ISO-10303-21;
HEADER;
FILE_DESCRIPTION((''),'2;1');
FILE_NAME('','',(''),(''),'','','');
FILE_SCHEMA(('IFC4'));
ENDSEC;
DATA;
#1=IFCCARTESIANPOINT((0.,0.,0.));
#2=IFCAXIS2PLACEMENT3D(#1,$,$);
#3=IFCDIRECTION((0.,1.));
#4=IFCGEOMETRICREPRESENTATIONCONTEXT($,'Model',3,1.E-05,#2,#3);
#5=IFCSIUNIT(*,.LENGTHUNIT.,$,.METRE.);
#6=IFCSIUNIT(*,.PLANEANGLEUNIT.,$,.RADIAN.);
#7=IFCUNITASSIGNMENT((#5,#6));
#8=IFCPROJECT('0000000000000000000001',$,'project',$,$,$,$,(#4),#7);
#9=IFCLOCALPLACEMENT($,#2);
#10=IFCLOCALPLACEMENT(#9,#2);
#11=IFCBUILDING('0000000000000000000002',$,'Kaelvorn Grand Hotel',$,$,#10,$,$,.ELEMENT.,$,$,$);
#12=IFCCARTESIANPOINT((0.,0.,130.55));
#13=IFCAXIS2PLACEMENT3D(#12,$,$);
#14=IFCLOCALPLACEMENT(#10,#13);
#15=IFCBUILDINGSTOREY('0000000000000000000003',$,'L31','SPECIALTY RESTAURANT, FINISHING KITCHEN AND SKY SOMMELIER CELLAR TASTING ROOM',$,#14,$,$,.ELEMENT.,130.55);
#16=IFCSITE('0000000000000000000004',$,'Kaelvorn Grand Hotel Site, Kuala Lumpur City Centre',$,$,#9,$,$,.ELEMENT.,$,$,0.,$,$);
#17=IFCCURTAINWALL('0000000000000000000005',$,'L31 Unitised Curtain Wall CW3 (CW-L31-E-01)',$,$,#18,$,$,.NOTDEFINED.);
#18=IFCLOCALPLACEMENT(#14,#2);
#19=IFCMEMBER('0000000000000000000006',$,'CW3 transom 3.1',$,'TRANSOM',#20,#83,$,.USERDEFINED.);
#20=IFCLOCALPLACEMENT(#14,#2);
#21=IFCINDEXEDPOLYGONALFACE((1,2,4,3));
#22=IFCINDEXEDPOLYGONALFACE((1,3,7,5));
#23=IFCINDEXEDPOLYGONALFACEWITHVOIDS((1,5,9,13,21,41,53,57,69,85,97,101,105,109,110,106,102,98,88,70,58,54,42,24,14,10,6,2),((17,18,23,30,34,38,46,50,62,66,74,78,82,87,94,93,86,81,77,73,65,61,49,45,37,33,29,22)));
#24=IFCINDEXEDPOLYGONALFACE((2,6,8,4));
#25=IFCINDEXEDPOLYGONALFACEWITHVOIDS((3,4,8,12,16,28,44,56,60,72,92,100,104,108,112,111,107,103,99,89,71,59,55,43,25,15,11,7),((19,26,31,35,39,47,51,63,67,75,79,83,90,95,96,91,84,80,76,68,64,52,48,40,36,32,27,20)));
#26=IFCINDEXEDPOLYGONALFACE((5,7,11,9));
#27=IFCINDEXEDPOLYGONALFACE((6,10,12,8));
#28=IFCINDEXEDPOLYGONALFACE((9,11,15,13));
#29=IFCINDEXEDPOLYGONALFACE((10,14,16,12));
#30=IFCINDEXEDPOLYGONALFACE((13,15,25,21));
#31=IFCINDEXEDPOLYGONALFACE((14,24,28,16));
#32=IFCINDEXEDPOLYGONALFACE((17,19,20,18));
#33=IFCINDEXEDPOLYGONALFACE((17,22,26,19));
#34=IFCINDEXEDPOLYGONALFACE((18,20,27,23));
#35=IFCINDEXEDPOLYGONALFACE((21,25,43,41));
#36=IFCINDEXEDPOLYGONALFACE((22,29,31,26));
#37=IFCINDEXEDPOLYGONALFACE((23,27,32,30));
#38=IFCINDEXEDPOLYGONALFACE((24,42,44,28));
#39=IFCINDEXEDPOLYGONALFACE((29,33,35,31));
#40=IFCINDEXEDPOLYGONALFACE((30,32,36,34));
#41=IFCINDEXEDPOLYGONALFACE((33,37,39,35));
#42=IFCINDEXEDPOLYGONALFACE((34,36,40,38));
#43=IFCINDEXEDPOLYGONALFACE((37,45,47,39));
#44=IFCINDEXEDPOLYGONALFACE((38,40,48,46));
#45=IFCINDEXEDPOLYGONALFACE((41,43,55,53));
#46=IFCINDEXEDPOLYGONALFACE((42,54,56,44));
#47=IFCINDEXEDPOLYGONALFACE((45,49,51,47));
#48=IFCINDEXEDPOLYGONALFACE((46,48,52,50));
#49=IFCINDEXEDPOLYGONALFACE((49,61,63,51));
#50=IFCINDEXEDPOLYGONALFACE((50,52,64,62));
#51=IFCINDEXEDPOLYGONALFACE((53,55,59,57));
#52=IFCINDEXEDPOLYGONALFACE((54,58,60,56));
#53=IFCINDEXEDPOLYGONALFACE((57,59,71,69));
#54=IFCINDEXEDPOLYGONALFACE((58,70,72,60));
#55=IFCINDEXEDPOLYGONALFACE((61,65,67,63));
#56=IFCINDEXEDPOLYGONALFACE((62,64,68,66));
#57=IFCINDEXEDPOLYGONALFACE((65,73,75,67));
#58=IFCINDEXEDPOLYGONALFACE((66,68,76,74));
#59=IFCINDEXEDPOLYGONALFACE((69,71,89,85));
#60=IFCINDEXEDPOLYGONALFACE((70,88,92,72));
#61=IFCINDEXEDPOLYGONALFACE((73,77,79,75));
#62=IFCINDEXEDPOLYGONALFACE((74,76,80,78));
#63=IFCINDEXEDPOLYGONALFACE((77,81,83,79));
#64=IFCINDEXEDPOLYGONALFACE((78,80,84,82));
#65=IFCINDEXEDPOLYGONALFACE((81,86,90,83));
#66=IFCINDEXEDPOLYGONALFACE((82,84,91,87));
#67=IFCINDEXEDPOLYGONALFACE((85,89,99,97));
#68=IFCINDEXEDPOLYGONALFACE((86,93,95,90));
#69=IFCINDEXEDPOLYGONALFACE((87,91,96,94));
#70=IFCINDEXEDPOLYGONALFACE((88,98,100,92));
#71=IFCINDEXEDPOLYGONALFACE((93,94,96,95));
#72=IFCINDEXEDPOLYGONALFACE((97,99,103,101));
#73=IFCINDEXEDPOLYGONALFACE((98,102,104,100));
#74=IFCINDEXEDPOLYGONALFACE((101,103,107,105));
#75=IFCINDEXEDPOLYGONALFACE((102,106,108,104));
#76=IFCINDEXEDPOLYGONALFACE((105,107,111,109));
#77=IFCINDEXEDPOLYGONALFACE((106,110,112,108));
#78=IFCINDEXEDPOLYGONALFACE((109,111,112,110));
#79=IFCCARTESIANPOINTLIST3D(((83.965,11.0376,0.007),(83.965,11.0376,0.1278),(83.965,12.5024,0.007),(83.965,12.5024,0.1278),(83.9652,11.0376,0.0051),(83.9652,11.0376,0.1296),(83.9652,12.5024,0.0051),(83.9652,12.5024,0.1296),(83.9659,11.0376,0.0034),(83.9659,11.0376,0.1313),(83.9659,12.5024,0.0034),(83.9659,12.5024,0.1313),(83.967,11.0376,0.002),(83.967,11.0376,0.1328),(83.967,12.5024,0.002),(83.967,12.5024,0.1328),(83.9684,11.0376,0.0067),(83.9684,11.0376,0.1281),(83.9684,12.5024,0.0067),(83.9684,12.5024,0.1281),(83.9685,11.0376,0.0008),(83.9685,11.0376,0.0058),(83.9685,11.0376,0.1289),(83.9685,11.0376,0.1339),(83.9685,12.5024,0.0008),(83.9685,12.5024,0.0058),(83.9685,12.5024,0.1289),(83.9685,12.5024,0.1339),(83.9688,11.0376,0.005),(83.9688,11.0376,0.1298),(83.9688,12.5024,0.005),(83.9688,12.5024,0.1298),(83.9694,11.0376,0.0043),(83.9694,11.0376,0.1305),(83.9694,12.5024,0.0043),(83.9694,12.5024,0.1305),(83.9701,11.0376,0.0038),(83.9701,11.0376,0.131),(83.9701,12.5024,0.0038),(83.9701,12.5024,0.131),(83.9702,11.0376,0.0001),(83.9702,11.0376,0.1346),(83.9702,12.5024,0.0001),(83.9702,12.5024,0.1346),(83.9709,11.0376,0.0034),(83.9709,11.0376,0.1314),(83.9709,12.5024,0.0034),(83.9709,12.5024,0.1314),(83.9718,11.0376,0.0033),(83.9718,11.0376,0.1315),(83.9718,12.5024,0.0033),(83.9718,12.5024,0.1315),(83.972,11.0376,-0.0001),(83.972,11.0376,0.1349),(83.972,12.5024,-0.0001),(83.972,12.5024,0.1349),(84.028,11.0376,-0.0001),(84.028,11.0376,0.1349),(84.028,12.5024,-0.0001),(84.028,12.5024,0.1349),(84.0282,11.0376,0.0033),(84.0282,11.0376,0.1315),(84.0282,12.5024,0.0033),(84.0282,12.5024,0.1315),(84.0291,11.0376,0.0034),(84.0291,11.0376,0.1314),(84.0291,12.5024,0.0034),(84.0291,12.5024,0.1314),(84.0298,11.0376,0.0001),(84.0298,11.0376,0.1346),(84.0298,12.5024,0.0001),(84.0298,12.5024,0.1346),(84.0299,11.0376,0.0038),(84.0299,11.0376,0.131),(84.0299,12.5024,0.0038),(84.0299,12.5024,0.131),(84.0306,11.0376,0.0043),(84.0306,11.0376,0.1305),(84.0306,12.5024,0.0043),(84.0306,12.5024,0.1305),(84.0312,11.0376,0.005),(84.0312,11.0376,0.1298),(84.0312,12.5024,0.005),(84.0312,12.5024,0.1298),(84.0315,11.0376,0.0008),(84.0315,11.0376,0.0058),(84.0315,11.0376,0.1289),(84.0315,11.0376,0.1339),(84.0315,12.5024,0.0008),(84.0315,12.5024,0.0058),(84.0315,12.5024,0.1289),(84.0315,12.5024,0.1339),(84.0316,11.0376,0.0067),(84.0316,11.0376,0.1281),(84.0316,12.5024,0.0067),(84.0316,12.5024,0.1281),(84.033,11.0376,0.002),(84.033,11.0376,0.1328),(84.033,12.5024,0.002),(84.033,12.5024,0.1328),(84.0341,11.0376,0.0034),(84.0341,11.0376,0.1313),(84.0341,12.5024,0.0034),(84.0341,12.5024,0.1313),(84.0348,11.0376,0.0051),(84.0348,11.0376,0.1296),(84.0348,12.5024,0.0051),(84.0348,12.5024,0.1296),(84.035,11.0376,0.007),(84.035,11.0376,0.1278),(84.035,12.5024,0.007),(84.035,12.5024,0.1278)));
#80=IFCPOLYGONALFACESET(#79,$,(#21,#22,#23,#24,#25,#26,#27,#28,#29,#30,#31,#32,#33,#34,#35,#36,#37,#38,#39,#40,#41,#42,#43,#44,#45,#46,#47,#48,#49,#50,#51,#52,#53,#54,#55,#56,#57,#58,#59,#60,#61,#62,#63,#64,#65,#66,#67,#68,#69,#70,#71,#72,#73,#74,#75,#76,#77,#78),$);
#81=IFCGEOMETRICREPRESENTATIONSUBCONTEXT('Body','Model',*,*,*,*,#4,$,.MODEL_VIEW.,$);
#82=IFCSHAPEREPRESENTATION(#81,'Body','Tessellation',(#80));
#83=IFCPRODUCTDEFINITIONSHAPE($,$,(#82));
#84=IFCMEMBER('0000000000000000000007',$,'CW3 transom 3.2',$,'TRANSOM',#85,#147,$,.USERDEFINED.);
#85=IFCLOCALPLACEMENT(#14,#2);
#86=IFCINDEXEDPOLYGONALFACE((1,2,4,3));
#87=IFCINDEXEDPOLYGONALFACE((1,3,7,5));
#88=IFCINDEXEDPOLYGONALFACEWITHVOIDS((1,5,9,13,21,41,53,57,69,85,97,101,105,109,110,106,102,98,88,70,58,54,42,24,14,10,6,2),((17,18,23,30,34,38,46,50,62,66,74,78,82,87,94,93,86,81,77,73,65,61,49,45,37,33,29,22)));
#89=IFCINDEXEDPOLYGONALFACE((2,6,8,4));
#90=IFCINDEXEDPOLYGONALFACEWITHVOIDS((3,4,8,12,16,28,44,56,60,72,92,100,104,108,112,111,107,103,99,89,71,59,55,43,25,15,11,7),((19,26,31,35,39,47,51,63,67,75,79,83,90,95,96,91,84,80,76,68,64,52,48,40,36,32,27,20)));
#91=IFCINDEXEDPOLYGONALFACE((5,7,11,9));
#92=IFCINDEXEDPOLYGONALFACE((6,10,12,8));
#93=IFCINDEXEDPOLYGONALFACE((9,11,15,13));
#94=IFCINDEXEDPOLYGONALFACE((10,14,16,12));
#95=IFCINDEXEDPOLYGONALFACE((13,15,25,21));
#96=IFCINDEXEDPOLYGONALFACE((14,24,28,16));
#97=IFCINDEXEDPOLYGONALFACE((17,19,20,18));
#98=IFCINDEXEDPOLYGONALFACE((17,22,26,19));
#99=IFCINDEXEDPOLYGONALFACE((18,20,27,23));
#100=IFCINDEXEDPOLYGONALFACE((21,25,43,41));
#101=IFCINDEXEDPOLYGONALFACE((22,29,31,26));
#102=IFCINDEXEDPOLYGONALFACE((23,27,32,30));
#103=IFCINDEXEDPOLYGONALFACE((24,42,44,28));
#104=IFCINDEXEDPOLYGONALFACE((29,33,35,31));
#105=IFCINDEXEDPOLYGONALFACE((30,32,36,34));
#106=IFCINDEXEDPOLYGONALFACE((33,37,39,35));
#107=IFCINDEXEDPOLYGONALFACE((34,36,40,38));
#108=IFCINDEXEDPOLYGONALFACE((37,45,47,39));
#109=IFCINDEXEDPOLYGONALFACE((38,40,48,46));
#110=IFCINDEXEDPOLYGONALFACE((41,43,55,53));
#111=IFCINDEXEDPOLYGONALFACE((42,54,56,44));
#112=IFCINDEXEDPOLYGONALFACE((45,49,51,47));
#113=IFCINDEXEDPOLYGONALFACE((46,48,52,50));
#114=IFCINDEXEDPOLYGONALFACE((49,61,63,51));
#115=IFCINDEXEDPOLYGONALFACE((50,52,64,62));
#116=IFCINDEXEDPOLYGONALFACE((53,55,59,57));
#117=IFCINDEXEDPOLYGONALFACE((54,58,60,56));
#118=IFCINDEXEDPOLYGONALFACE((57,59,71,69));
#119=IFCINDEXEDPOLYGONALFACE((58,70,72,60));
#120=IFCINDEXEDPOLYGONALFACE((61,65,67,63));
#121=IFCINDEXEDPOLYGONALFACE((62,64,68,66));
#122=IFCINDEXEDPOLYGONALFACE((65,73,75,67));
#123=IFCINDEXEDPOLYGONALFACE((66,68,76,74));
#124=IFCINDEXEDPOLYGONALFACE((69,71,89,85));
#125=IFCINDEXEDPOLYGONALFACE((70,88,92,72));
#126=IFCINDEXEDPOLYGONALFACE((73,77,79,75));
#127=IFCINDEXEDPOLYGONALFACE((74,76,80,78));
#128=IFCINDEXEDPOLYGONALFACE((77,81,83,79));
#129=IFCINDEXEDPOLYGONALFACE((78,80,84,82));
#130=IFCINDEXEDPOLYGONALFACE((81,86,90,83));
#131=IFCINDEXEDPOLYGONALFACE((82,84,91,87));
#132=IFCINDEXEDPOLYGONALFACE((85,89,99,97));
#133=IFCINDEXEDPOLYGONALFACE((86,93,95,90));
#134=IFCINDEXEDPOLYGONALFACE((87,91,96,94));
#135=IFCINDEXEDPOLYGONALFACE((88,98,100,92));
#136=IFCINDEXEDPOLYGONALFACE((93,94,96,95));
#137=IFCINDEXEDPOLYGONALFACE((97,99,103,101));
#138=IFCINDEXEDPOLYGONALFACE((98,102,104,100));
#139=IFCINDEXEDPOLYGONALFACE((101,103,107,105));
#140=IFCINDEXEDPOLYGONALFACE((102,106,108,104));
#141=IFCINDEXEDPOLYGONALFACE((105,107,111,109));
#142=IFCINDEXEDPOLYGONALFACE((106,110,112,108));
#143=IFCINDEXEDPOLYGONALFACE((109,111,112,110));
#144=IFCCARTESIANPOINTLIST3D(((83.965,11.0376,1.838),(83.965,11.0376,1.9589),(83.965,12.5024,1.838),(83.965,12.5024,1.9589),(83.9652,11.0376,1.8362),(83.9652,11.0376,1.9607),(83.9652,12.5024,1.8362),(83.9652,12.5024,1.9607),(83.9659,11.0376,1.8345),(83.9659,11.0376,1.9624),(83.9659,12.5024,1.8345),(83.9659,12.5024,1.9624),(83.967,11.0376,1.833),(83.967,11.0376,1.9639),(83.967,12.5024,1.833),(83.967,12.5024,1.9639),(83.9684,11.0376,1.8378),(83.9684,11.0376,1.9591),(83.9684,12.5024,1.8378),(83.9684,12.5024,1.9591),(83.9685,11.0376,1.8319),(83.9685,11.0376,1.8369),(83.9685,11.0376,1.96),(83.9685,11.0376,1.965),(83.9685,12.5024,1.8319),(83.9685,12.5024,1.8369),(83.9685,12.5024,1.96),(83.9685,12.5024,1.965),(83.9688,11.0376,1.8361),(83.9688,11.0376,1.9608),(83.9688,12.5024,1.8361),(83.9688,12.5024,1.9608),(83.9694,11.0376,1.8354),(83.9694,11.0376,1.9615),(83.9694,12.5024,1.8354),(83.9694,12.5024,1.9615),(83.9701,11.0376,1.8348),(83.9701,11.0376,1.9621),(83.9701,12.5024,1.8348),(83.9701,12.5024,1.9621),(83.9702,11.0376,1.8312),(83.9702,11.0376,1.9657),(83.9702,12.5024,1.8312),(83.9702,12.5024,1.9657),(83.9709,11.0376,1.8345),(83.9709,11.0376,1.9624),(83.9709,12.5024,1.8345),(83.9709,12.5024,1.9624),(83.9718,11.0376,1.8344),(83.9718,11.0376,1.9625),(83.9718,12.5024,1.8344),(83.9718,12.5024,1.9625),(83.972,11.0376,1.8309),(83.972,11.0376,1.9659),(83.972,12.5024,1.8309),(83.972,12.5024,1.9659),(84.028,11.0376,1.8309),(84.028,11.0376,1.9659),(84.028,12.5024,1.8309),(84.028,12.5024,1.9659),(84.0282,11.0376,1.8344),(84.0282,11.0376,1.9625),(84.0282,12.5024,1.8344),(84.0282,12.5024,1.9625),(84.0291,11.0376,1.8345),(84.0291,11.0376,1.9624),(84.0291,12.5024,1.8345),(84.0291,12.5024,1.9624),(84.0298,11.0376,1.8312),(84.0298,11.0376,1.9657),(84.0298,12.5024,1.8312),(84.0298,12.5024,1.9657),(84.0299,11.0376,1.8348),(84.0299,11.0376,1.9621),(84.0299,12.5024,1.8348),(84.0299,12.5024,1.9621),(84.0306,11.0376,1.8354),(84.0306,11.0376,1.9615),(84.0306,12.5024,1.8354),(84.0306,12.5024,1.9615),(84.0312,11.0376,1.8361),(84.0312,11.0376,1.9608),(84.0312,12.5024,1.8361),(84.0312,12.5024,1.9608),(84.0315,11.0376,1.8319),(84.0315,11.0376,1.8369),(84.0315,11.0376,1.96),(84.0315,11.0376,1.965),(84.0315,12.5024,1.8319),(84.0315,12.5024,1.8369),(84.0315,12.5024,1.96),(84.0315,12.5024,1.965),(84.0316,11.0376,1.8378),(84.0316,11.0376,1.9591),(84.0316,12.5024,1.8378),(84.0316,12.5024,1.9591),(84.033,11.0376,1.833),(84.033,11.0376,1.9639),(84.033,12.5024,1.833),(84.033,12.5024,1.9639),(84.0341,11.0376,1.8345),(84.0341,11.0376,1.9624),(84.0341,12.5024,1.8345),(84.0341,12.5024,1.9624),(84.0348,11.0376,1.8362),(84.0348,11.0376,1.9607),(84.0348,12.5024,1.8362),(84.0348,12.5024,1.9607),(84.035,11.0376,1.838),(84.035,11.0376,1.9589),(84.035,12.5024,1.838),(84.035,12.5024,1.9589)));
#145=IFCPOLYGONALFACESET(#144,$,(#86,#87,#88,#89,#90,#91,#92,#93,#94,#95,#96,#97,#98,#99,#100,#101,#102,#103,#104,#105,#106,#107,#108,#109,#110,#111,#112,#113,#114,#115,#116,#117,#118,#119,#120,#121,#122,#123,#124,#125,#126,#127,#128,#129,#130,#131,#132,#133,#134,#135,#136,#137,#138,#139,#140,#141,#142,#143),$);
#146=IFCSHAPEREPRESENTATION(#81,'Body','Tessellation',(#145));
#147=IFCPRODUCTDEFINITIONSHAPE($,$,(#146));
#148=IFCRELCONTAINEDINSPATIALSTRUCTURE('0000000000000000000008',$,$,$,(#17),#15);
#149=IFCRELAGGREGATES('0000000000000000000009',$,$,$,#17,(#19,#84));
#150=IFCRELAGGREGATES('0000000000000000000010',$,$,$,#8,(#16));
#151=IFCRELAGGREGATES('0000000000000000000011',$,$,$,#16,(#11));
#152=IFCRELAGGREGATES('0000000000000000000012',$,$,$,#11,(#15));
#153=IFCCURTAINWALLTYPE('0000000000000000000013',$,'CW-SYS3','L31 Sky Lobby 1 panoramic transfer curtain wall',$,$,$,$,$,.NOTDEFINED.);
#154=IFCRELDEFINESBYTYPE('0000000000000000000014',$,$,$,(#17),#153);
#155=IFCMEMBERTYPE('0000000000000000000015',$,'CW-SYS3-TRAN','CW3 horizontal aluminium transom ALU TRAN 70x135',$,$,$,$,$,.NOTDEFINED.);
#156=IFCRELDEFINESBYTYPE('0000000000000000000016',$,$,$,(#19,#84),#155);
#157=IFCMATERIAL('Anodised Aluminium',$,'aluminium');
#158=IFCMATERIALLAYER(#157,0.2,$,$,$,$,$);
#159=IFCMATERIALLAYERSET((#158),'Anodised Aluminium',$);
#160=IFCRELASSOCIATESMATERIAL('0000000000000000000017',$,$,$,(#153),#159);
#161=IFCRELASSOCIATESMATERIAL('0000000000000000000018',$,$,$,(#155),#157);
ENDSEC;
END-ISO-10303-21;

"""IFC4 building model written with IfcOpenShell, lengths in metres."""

from ifc_helpers import new_model, si_unit, direction, frame, origin, origin_2d, place, context, subcontext, project, spatial, hollow_rectangle, extrude, material, layer, layer_set, material_profile, profile_set, type_object, element, aggregate, save


model = new_model("IFC4")

# Units and contexts
model_context = context("Model", 3, precision=1e-05, world=origin(), true_north=direction((0.0, 1.0)))
body_context = subcontext(model_context, "Body", "Model", "MODEL_VIEW")
ifc_project = project(units=[si_unit("LENGTHUNIT", "METRE"), si_unit("PLANEANGLEUNIT", "RADIAN")], contexts=[model_context])

# Site, building, storey
site_placement = place(None, origin())
site = spatial("IfcSite", under=ifc_project, at=site_placement, Name="Kaelvorn Grand Hotel Site, Kuala Lumpur City Centre", CompositionType="ELEMENT", RefElevation=0.0)
building_placement = place(site_placement, origin())
building = spatial("IfcBuilding", under=site, at=building_placement, Name="Kaelvorn Grand Hotel", CompositionType="ELEMENT")
storey_placement = place(building_placement, frame((0.0, 0.0, 130.55)))
storey = spatial("IfcBuildingStorey", under=building, at=storey_placement, Name="L31", Description="SPECIALTY RESTAURANT, FINISHING KITCHEN AND SKY SOMMELIER CELLAR TASTING ROOM", CompositionType="ELEMENT", Elevation=130.55)

# Curtain wall, members
ifc_material_1 = material(Name="Anodised Aluminium", Category="aluminium")
ifc_layer_1 = layer(ifc_material_1, 0.2)
ifc_layer_set_1 = layer_set([ifc_layer_1], Name="Anodised Aluminium")
curtain_wall_type = type_object("IfcCurtainWallType", Name="CW-SYS3", Description="L31 Sky Lobby 1 panoramic transfer curtain wall", PredefinedType="NOTDEFINED", material=ifc_layer_set_1)
curtain_wall_placement = place(storey_placement, origin())
curtain_wall = element("IfcCurtainWall", 1, at=curtain_wall_placement, inside=storey, type_object=curtain_wall_type, Name="L31 Unitised Curtain Wall CW3 (CW-L31-E-01)", PredefinedType="NOTDEFINED")
ifc_material_profile_1 = material_profile(ifc_material_1, hollow_rectangle(XDim=0.0701, YDim=0.135, WallThickness=0.0034, InnerFilletRadius=0.0034, OuterFilletRadius=0.0071, at=origin_2d()), Name="ALU TRAN 70x135")
ifc_profile_set_1 = profile_set([ifc_material_profile_1], Name="Anodised Aluminium")
member_type_1 = type_object("IfcMemberType", Name="CW-SYS3-TRAN", Description="CW3 horizontal aluminium transom ALU TRAN 70x135", PredefinedType="NOTDEFINED", material=ifc_profile_set_1)
member_1_placement = place(storey_placement, frame((84.0, 11.0376, 0.0674), z_axis=(0.0, 1.0, 0.0), x_axis=(-1.0, 0.0, 0.0)))
member_1 = element("IfcMember", 2, at=member_1_placement, type_object=member_type_1, Name="CW3 transom 3.1", ObjectType="TRANSOM", PredefinedType="USERDEFINED", context=body_context, shape_type="SweptSolid", body=[
    extrude(hollow_rectangle(XDim=0.0701, YDim=0.135, WallThickness=0.0034, InnerFilletRadius=0.0034, OuterFilletRadius=0.0071, at=origin_2d()), origin(), (0.0, 0.0, 1.0), 1.4648),
])
member_2_placement = place(storey_placement, frame((84.0, 11.0376, 1.8984), z_axis=(0.0, 1.0, 0.0), x_axis=(-1.0, 0.0, 0.0)))
member_2 = element("IfcMember", 3, at=member_2_placement, type_object=member_type_1, Name="CW3 transom 3.2", ObjectType="TRANSOM", PredefinedType="USERDEFINED", context=body_context, shape_type="SweptSolid", body=[
    extrude(hollow_rectangle(XDim=0.0701, YDim=0.135, WallThickness=0.0034, InnerFilletRadius=0.0034, OuterFilletRadius=0.0071, at=origin_2d()), origin(), (0.0, 0.0, 1.0), 1.4648),
])
aggregate(curtain_wall, [member_1, member_2])

save(model, "model.ifc")
